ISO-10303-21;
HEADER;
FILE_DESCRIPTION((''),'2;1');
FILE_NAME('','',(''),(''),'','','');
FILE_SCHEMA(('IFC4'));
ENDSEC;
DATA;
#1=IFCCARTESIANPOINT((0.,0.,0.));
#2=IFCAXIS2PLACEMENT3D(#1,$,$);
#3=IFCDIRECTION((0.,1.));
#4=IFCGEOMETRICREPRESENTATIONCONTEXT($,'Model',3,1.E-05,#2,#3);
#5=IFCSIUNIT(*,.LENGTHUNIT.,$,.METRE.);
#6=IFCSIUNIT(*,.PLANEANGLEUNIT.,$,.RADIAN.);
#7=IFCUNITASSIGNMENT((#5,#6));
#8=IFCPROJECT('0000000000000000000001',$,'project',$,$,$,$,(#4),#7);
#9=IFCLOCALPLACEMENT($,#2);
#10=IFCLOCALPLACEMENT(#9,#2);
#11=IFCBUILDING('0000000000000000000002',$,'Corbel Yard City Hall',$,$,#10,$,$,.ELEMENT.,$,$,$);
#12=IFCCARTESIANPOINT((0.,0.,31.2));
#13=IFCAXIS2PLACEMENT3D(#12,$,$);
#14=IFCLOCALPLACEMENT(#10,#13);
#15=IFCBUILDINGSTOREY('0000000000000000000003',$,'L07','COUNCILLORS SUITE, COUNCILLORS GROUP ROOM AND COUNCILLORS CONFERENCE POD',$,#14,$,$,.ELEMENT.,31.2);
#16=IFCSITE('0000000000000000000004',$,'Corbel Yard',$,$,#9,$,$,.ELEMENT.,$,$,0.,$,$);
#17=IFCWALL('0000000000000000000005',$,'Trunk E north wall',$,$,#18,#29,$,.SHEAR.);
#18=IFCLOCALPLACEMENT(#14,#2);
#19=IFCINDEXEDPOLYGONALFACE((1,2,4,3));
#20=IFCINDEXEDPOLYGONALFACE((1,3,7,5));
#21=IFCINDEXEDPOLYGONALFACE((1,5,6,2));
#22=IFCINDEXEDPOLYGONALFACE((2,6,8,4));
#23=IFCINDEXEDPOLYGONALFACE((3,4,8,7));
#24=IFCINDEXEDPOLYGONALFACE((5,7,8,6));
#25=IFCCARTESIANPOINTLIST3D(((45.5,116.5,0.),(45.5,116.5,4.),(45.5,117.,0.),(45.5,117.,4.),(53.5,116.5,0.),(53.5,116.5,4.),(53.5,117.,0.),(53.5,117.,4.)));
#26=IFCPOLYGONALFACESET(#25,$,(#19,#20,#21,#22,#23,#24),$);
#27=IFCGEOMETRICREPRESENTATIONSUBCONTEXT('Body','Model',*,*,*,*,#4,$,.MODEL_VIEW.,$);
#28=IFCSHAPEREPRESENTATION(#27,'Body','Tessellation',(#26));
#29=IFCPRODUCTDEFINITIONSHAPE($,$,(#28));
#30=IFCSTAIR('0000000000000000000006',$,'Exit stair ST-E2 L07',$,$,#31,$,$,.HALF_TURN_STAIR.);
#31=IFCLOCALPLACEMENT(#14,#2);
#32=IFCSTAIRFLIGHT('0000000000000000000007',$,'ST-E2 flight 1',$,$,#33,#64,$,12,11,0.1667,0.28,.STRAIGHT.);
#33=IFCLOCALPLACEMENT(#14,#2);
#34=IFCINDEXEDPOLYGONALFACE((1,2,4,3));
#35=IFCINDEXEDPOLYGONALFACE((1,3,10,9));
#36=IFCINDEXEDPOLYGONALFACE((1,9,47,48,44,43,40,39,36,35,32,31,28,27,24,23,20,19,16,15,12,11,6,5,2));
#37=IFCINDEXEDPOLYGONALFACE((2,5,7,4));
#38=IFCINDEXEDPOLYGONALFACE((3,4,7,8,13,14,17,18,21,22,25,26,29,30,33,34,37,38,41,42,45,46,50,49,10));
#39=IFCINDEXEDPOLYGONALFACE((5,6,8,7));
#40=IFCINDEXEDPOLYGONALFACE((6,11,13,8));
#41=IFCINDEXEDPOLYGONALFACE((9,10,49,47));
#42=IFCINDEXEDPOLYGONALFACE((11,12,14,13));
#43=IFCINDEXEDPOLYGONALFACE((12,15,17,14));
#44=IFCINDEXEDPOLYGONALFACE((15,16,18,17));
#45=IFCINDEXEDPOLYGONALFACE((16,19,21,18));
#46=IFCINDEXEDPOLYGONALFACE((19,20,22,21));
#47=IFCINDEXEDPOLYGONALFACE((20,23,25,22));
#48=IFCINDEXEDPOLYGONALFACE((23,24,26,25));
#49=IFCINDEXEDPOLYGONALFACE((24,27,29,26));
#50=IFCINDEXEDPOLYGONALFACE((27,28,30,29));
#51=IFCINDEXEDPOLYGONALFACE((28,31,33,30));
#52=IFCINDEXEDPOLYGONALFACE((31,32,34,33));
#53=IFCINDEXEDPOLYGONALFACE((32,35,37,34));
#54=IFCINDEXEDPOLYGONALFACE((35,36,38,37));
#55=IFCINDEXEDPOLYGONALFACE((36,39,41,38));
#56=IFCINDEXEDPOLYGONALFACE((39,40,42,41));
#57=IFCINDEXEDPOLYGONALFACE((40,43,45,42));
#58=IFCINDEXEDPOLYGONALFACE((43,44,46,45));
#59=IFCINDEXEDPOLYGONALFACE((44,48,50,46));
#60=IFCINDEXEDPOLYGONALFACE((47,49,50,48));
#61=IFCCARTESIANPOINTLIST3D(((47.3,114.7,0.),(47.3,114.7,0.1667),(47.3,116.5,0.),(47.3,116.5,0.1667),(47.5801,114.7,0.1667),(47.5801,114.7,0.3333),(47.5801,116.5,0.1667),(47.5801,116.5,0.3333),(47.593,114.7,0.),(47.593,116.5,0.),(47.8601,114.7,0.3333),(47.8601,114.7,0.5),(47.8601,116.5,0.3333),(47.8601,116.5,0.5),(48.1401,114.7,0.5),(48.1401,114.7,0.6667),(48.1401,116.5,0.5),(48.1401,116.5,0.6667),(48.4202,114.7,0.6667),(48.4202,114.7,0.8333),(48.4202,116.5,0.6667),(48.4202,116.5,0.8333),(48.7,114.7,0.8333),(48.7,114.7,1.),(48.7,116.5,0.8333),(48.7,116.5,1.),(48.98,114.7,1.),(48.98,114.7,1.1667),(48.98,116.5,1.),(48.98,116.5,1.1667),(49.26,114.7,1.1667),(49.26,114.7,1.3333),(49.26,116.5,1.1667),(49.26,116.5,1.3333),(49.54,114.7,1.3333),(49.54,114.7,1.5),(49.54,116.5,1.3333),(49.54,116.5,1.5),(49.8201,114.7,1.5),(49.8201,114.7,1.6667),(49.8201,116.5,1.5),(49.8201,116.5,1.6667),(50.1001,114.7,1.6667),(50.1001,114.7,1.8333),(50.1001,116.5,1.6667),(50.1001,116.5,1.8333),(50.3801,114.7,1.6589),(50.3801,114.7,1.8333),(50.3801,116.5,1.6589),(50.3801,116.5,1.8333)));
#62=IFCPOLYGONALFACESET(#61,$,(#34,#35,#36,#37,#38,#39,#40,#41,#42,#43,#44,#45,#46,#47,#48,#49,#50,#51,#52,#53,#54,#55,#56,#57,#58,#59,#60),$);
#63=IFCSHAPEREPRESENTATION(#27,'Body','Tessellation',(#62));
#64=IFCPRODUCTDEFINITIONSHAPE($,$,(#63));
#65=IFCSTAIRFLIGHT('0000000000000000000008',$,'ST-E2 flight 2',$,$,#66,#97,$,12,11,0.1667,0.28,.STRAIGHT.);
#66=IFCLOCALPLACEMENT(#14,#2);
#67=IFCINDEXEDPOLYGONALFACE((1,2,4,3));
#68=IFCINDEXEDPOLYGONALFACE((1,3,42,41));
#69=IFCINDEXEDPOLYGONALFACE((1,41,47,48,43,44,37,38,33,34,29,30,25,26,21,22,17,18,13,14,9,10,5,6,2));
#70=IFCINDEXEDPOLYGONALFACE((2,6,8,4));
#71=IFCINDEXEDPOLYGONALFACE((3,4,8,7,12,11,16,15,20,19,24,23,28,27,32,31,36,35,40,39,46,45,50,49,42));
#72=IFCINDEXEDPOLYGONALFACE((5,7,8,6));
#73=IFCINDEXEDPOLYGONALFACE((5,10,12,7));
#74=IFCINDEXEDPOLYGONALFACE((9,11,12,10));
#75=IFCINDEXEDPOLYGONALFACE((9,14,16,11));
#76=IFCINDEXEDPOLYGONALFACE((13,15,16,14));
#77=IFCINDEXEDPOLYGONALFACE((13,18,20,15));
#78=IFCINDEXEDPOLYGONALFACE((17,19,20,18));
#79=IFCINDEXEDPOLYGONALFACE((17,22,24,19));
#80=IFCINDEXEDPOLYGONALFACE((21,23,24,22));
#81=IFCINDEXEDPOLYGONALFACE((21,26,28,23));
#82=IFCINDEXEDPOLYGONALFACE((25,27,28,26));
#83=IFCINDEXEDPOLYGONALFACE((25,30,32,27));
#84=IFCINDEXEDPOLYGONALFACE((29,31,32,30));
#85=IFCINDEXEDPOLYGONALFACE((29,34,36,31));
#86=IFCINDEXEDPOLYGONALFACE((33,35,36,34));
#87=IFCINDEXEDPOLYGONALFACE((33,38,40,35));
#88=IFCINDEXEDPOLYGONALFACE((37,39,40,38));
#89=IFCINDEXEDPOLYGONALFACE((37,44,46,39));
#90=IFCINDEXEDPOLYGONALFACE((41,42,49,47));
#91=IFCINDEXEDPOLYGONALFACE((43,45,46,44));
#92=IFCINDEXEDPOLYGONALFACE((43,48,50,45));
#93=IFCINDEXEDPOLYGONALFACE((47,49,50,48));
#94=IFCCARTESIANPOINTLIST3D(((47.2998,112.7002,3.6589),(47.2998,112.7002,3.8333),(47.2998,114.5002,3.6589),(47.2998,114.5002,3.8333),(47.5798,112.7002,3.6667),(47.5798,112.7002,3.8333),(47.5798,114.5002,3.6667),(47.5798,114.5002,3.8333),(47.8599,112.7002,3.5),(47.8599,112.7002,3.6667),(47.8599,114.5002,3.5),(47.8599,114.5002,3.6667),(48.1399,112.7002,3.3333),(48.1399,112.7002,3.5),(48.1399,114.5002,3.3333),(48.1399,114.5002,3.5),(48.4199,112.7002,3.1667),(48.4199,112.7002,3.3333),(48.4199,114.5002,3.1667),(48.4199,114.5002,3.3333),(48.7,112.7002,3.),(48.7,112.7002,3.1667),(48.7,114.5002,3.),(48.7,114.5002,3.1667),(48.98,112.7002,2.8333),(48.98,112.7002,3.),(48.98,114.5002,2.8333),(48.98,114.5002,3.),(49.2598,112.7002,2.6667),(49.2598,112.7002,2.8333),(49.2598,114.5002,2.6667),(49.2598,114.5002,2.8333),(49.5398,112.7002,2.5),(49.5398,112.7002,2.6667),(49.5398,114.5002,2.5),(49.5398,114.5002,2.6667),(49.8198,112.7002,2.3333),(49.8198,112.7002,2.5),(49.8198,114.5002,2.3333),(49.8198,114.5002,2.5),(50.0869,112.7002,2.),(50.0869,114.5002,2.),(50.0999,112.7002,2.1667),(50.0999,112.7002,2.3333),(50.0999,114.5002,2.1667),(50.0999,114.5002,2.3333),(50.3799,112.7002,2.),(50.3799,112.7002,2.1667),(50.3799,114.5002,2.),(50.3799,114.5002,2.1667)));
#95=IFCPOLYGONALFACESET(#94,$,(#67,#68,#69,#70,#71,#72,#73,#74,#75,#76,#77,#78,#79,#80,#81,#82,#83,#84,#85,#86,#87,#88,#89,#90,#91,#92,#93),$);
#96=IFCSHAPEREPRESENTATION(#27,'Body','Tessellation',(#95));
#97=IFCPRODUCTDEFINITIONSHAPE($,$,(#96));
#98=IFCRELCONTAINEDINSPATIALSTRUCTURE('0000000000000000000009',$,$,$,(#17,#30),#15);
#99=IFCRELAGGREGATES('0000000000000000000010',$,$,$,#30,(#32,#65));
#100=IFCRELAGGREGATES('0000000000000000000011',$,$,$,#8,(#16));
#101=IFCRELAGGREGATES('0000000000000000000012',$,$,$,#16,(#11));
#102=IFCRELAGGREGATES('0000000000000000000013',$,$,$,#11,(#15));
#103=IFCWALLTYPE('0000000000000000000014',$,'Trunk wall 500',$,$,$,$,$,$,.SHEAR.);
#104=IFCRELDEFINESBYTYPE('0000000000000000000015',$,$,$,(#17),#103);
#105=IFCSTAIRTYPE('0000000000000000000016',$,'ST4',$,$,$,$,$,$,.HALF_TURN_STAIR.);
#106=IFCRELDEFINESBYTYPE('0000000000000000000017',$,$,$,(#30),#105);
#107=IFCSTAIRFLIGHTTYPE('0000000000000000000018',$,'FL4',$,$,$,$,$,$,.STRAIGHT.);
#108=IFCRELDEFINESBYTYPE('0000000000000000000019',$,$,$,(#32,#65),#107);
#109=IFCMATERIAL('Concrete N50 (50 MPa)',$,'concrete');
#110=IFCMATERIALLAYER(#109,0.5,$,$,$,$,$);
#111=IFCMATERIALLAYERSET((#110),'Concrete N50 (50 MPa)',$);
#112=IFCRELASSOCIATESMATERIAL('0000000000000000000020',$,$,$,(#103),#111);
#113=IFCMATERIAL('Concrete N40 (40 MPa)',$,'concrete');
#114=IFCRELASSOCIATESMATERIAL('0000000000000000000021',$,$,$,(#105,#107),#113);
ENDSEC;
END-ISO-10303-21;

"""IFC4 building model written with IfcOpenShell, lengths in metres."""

from ifc_helpers import new_model, si_unit, direction, frame, frame_2d, origin, place, context, subcontext, project, spatial, polyline, rectangle, outline, extrude, material, layer, layer_set, type_object, element, aggregate, save


model = new_model("IFC4")

# Units and contexts
model_context = context("Model", 3, precision=1e-05, world=origin(), true_north=direction((0.0, 1.0)))
body_context = subcontext(model_context, "Body", "Model", "MODEL_VIEW")
ifc_project = project(units=[si_unit("LENGTHUNIT", "METRE"), si_unit("PLANEANGLEUNIT", "RADIAN")], contexts=[model_context])

# Site, building, storey
site_placement = place(None, origin())
site = spatial("IfcSite", under=ifc_project, at=site_placement, Name="Corbel Yard", CompositionType="ELEMENT", RefElevation=0.0)
building_placement = place(site_placement, origin())
building = spatial("IfcBuilding", under=site, at=building_placement, Name="Corbel Yard City Hall", CompositionType="ELEMENT")
storey_placement = place(building_placement, frame((0.0, 0.0, 31.2)))
storey = spatial("IfcBuildingStorey", under=building, at=storey_placement, Name="L07", Description="COUNCILLORS SUITE, COUNCILLORS GROUP ROOM AND COUNCILLORS CONFERENCE POD", CompositionType="ELEMENT", Elevation=31.2)

# Shared definitions
ifc_material_1 = material(Name="Concrete N40 (40 MPa)", Category="concrete")

# Wall
ifc_material_2 = material(Name="Concrete N50 (50 MPa)", Category="concrete")
ifc_layer_1 = layer(ifc_material_2, 0.5)
ifc_layer_set_1 = layer_set([ifc_layer_1], Name="Concrete N50 (50 MPa)")
wall_type_1 = type_object("IfcWallType", Name="Trunk wall 500", PredefinedType="SHEAR", material=ifc_layer_set_1)
wall_1_placement = place(storey_placement, frame((45.5, 116.75, 0.0), z_axis=(0.0, 0.0, 1.0), x_axis=(1.0, 0.0, 0.0)))
element("IfcWall", 1, at=wall_1_placement, inside=storey, type_object=wall_type_1, Name="Trunk E north wall", PredefinedType="SHEAR", context=body_context, shape_type="SweptSolid", body=[
    extrude(rectangle(XDim=8.0, YDim=0.5, at=frame_2d((4.0, 0.0))), origin(), (0.0, 0.0, 1.0), 4.0),
])

# Stair, stair flights
stair_type = type_object("IfcStairType", Name="ST4", PredefinedType="HALF_TURN_STAIR", material=ifc_material_1)
stair_placement = place(storey_placement, origin())
stair = element("IfcStair", 2, at=stair_placement, inside=storey, type_object=stair_type, Name="Exit stair ST-E2 L07", PredefinedType="HALF_TURN_STAIR")
stair_flight_type = type_object("IfcStairFlightType", Name="FL4", PredefinedType="STRAIGHT", material=ifc_material_1)
stair_flight_1_placement = place(storey_placement, frame((47.3, 115.6001, 0.0), z_axis=(0.0, 0.0, 1.0), x_axis=(1.0, 0.0, 0.0)))
stair_flight_1 = element("IfcStairFlight", 3, at=stair_flight_1_placement, type_object=stair_flight_type, Name="ST-E2 flight 1", NumberOfRisers=12, NumberOfTreads=11, PredefinedType="STRAIGHT", RiserHeight=0.1667, TreadLength=0.28, context=body_context, shape_type="SweptSolid", body=[
    extrude(outline(polyline([(0.0, 0.0), (0.0, 0.1667), (0.28, 0.1667), (0.28, 0.3333), (0.5601, 0.3333), (0.5601, 0.5), (0.8401, 0.5), (0.8401, 0.6667), (1.1201, 0.6667), (1.1201, 0.8333), (1.3999, 0.8333), (1.3999, 1.0), (1.6799, 1.0), (1.6799, 1.1667), (1.96, 1.1667), (1.96, 1.3333), (2.24, 1.3333), (2.24, 1.5), (2.52, 1.5), (2.52, 1.6667), (2.8, 1.6667), (2.8, 1.8333), (3.0801, 1.8333), (3.0801, 2.0), (3.0801, 1.6589), (0.293, 0.0), (0.0, 0.0)])), frame((0.0, 0.8999, 0.0), z_axis=(0.0, -1.0, 0.0), x_axis=(1.0, 0.0, 0.0)), (0.0, 0.0, 1.0), 1.8),
])
stair_flight_2_placement = place(storey_placement, frame((50.3799, 113.6001, 2.0), z_axis=(0.0, 0.0, 1.0), x_axis=(-1.0, 0.0, 0.0)))
stair_flight_2 = element("IfcStairFlight", 4, at=stair_flight_2_placement, type_object=stair_flight_type, Name="ST-E2 flight 2", NumberOfRisers=12, NumberOfTreads=11, PredefinedType="STRAIGHT", RiserHeight=0.1667, TreadLength=0.28, context=body_context, shape_type="SweptSolid", body=[
    extrude(outline(polyline([(0.0, 0.0), (0.0, 0.1667), (0.28, 0.1667), (0.28, 0.3333), (0.5601, 0.3333), (0.5601, 0.5), (0.8401, 0.5), (0.8401, 0.6667), (1.1201, 0.6667), (1.1201, 0.8333), (1.3999, 0.8333), (1.3999, 1.0), (1.6799, 1.0), (1.6799, 1.1667), (1.96, 1.1667), (1.96, 1.3333), (2.24, 1.3333), (2.24, 1.5), (2.52, 1.5), (2.52, 1.6667), (2.8, 1.6667), (2.8, 1.8333), (3.0801, 1.8333), (3.0801, 2.0), (3.0801, 1.6589), (0.293, 0.0), (0.0, 0.0)])), frame((0.0, 0.8999, 0.0), z_axis=(0.0, -1.0, 0.0), x_axis=(1.0, 0.0, 0.0)), (0.0, 0.0, 1.0), 1.8),
])
aggregate(stair, [stair_flight_1, stair_flight_2])

save(model, "model.ifc")
